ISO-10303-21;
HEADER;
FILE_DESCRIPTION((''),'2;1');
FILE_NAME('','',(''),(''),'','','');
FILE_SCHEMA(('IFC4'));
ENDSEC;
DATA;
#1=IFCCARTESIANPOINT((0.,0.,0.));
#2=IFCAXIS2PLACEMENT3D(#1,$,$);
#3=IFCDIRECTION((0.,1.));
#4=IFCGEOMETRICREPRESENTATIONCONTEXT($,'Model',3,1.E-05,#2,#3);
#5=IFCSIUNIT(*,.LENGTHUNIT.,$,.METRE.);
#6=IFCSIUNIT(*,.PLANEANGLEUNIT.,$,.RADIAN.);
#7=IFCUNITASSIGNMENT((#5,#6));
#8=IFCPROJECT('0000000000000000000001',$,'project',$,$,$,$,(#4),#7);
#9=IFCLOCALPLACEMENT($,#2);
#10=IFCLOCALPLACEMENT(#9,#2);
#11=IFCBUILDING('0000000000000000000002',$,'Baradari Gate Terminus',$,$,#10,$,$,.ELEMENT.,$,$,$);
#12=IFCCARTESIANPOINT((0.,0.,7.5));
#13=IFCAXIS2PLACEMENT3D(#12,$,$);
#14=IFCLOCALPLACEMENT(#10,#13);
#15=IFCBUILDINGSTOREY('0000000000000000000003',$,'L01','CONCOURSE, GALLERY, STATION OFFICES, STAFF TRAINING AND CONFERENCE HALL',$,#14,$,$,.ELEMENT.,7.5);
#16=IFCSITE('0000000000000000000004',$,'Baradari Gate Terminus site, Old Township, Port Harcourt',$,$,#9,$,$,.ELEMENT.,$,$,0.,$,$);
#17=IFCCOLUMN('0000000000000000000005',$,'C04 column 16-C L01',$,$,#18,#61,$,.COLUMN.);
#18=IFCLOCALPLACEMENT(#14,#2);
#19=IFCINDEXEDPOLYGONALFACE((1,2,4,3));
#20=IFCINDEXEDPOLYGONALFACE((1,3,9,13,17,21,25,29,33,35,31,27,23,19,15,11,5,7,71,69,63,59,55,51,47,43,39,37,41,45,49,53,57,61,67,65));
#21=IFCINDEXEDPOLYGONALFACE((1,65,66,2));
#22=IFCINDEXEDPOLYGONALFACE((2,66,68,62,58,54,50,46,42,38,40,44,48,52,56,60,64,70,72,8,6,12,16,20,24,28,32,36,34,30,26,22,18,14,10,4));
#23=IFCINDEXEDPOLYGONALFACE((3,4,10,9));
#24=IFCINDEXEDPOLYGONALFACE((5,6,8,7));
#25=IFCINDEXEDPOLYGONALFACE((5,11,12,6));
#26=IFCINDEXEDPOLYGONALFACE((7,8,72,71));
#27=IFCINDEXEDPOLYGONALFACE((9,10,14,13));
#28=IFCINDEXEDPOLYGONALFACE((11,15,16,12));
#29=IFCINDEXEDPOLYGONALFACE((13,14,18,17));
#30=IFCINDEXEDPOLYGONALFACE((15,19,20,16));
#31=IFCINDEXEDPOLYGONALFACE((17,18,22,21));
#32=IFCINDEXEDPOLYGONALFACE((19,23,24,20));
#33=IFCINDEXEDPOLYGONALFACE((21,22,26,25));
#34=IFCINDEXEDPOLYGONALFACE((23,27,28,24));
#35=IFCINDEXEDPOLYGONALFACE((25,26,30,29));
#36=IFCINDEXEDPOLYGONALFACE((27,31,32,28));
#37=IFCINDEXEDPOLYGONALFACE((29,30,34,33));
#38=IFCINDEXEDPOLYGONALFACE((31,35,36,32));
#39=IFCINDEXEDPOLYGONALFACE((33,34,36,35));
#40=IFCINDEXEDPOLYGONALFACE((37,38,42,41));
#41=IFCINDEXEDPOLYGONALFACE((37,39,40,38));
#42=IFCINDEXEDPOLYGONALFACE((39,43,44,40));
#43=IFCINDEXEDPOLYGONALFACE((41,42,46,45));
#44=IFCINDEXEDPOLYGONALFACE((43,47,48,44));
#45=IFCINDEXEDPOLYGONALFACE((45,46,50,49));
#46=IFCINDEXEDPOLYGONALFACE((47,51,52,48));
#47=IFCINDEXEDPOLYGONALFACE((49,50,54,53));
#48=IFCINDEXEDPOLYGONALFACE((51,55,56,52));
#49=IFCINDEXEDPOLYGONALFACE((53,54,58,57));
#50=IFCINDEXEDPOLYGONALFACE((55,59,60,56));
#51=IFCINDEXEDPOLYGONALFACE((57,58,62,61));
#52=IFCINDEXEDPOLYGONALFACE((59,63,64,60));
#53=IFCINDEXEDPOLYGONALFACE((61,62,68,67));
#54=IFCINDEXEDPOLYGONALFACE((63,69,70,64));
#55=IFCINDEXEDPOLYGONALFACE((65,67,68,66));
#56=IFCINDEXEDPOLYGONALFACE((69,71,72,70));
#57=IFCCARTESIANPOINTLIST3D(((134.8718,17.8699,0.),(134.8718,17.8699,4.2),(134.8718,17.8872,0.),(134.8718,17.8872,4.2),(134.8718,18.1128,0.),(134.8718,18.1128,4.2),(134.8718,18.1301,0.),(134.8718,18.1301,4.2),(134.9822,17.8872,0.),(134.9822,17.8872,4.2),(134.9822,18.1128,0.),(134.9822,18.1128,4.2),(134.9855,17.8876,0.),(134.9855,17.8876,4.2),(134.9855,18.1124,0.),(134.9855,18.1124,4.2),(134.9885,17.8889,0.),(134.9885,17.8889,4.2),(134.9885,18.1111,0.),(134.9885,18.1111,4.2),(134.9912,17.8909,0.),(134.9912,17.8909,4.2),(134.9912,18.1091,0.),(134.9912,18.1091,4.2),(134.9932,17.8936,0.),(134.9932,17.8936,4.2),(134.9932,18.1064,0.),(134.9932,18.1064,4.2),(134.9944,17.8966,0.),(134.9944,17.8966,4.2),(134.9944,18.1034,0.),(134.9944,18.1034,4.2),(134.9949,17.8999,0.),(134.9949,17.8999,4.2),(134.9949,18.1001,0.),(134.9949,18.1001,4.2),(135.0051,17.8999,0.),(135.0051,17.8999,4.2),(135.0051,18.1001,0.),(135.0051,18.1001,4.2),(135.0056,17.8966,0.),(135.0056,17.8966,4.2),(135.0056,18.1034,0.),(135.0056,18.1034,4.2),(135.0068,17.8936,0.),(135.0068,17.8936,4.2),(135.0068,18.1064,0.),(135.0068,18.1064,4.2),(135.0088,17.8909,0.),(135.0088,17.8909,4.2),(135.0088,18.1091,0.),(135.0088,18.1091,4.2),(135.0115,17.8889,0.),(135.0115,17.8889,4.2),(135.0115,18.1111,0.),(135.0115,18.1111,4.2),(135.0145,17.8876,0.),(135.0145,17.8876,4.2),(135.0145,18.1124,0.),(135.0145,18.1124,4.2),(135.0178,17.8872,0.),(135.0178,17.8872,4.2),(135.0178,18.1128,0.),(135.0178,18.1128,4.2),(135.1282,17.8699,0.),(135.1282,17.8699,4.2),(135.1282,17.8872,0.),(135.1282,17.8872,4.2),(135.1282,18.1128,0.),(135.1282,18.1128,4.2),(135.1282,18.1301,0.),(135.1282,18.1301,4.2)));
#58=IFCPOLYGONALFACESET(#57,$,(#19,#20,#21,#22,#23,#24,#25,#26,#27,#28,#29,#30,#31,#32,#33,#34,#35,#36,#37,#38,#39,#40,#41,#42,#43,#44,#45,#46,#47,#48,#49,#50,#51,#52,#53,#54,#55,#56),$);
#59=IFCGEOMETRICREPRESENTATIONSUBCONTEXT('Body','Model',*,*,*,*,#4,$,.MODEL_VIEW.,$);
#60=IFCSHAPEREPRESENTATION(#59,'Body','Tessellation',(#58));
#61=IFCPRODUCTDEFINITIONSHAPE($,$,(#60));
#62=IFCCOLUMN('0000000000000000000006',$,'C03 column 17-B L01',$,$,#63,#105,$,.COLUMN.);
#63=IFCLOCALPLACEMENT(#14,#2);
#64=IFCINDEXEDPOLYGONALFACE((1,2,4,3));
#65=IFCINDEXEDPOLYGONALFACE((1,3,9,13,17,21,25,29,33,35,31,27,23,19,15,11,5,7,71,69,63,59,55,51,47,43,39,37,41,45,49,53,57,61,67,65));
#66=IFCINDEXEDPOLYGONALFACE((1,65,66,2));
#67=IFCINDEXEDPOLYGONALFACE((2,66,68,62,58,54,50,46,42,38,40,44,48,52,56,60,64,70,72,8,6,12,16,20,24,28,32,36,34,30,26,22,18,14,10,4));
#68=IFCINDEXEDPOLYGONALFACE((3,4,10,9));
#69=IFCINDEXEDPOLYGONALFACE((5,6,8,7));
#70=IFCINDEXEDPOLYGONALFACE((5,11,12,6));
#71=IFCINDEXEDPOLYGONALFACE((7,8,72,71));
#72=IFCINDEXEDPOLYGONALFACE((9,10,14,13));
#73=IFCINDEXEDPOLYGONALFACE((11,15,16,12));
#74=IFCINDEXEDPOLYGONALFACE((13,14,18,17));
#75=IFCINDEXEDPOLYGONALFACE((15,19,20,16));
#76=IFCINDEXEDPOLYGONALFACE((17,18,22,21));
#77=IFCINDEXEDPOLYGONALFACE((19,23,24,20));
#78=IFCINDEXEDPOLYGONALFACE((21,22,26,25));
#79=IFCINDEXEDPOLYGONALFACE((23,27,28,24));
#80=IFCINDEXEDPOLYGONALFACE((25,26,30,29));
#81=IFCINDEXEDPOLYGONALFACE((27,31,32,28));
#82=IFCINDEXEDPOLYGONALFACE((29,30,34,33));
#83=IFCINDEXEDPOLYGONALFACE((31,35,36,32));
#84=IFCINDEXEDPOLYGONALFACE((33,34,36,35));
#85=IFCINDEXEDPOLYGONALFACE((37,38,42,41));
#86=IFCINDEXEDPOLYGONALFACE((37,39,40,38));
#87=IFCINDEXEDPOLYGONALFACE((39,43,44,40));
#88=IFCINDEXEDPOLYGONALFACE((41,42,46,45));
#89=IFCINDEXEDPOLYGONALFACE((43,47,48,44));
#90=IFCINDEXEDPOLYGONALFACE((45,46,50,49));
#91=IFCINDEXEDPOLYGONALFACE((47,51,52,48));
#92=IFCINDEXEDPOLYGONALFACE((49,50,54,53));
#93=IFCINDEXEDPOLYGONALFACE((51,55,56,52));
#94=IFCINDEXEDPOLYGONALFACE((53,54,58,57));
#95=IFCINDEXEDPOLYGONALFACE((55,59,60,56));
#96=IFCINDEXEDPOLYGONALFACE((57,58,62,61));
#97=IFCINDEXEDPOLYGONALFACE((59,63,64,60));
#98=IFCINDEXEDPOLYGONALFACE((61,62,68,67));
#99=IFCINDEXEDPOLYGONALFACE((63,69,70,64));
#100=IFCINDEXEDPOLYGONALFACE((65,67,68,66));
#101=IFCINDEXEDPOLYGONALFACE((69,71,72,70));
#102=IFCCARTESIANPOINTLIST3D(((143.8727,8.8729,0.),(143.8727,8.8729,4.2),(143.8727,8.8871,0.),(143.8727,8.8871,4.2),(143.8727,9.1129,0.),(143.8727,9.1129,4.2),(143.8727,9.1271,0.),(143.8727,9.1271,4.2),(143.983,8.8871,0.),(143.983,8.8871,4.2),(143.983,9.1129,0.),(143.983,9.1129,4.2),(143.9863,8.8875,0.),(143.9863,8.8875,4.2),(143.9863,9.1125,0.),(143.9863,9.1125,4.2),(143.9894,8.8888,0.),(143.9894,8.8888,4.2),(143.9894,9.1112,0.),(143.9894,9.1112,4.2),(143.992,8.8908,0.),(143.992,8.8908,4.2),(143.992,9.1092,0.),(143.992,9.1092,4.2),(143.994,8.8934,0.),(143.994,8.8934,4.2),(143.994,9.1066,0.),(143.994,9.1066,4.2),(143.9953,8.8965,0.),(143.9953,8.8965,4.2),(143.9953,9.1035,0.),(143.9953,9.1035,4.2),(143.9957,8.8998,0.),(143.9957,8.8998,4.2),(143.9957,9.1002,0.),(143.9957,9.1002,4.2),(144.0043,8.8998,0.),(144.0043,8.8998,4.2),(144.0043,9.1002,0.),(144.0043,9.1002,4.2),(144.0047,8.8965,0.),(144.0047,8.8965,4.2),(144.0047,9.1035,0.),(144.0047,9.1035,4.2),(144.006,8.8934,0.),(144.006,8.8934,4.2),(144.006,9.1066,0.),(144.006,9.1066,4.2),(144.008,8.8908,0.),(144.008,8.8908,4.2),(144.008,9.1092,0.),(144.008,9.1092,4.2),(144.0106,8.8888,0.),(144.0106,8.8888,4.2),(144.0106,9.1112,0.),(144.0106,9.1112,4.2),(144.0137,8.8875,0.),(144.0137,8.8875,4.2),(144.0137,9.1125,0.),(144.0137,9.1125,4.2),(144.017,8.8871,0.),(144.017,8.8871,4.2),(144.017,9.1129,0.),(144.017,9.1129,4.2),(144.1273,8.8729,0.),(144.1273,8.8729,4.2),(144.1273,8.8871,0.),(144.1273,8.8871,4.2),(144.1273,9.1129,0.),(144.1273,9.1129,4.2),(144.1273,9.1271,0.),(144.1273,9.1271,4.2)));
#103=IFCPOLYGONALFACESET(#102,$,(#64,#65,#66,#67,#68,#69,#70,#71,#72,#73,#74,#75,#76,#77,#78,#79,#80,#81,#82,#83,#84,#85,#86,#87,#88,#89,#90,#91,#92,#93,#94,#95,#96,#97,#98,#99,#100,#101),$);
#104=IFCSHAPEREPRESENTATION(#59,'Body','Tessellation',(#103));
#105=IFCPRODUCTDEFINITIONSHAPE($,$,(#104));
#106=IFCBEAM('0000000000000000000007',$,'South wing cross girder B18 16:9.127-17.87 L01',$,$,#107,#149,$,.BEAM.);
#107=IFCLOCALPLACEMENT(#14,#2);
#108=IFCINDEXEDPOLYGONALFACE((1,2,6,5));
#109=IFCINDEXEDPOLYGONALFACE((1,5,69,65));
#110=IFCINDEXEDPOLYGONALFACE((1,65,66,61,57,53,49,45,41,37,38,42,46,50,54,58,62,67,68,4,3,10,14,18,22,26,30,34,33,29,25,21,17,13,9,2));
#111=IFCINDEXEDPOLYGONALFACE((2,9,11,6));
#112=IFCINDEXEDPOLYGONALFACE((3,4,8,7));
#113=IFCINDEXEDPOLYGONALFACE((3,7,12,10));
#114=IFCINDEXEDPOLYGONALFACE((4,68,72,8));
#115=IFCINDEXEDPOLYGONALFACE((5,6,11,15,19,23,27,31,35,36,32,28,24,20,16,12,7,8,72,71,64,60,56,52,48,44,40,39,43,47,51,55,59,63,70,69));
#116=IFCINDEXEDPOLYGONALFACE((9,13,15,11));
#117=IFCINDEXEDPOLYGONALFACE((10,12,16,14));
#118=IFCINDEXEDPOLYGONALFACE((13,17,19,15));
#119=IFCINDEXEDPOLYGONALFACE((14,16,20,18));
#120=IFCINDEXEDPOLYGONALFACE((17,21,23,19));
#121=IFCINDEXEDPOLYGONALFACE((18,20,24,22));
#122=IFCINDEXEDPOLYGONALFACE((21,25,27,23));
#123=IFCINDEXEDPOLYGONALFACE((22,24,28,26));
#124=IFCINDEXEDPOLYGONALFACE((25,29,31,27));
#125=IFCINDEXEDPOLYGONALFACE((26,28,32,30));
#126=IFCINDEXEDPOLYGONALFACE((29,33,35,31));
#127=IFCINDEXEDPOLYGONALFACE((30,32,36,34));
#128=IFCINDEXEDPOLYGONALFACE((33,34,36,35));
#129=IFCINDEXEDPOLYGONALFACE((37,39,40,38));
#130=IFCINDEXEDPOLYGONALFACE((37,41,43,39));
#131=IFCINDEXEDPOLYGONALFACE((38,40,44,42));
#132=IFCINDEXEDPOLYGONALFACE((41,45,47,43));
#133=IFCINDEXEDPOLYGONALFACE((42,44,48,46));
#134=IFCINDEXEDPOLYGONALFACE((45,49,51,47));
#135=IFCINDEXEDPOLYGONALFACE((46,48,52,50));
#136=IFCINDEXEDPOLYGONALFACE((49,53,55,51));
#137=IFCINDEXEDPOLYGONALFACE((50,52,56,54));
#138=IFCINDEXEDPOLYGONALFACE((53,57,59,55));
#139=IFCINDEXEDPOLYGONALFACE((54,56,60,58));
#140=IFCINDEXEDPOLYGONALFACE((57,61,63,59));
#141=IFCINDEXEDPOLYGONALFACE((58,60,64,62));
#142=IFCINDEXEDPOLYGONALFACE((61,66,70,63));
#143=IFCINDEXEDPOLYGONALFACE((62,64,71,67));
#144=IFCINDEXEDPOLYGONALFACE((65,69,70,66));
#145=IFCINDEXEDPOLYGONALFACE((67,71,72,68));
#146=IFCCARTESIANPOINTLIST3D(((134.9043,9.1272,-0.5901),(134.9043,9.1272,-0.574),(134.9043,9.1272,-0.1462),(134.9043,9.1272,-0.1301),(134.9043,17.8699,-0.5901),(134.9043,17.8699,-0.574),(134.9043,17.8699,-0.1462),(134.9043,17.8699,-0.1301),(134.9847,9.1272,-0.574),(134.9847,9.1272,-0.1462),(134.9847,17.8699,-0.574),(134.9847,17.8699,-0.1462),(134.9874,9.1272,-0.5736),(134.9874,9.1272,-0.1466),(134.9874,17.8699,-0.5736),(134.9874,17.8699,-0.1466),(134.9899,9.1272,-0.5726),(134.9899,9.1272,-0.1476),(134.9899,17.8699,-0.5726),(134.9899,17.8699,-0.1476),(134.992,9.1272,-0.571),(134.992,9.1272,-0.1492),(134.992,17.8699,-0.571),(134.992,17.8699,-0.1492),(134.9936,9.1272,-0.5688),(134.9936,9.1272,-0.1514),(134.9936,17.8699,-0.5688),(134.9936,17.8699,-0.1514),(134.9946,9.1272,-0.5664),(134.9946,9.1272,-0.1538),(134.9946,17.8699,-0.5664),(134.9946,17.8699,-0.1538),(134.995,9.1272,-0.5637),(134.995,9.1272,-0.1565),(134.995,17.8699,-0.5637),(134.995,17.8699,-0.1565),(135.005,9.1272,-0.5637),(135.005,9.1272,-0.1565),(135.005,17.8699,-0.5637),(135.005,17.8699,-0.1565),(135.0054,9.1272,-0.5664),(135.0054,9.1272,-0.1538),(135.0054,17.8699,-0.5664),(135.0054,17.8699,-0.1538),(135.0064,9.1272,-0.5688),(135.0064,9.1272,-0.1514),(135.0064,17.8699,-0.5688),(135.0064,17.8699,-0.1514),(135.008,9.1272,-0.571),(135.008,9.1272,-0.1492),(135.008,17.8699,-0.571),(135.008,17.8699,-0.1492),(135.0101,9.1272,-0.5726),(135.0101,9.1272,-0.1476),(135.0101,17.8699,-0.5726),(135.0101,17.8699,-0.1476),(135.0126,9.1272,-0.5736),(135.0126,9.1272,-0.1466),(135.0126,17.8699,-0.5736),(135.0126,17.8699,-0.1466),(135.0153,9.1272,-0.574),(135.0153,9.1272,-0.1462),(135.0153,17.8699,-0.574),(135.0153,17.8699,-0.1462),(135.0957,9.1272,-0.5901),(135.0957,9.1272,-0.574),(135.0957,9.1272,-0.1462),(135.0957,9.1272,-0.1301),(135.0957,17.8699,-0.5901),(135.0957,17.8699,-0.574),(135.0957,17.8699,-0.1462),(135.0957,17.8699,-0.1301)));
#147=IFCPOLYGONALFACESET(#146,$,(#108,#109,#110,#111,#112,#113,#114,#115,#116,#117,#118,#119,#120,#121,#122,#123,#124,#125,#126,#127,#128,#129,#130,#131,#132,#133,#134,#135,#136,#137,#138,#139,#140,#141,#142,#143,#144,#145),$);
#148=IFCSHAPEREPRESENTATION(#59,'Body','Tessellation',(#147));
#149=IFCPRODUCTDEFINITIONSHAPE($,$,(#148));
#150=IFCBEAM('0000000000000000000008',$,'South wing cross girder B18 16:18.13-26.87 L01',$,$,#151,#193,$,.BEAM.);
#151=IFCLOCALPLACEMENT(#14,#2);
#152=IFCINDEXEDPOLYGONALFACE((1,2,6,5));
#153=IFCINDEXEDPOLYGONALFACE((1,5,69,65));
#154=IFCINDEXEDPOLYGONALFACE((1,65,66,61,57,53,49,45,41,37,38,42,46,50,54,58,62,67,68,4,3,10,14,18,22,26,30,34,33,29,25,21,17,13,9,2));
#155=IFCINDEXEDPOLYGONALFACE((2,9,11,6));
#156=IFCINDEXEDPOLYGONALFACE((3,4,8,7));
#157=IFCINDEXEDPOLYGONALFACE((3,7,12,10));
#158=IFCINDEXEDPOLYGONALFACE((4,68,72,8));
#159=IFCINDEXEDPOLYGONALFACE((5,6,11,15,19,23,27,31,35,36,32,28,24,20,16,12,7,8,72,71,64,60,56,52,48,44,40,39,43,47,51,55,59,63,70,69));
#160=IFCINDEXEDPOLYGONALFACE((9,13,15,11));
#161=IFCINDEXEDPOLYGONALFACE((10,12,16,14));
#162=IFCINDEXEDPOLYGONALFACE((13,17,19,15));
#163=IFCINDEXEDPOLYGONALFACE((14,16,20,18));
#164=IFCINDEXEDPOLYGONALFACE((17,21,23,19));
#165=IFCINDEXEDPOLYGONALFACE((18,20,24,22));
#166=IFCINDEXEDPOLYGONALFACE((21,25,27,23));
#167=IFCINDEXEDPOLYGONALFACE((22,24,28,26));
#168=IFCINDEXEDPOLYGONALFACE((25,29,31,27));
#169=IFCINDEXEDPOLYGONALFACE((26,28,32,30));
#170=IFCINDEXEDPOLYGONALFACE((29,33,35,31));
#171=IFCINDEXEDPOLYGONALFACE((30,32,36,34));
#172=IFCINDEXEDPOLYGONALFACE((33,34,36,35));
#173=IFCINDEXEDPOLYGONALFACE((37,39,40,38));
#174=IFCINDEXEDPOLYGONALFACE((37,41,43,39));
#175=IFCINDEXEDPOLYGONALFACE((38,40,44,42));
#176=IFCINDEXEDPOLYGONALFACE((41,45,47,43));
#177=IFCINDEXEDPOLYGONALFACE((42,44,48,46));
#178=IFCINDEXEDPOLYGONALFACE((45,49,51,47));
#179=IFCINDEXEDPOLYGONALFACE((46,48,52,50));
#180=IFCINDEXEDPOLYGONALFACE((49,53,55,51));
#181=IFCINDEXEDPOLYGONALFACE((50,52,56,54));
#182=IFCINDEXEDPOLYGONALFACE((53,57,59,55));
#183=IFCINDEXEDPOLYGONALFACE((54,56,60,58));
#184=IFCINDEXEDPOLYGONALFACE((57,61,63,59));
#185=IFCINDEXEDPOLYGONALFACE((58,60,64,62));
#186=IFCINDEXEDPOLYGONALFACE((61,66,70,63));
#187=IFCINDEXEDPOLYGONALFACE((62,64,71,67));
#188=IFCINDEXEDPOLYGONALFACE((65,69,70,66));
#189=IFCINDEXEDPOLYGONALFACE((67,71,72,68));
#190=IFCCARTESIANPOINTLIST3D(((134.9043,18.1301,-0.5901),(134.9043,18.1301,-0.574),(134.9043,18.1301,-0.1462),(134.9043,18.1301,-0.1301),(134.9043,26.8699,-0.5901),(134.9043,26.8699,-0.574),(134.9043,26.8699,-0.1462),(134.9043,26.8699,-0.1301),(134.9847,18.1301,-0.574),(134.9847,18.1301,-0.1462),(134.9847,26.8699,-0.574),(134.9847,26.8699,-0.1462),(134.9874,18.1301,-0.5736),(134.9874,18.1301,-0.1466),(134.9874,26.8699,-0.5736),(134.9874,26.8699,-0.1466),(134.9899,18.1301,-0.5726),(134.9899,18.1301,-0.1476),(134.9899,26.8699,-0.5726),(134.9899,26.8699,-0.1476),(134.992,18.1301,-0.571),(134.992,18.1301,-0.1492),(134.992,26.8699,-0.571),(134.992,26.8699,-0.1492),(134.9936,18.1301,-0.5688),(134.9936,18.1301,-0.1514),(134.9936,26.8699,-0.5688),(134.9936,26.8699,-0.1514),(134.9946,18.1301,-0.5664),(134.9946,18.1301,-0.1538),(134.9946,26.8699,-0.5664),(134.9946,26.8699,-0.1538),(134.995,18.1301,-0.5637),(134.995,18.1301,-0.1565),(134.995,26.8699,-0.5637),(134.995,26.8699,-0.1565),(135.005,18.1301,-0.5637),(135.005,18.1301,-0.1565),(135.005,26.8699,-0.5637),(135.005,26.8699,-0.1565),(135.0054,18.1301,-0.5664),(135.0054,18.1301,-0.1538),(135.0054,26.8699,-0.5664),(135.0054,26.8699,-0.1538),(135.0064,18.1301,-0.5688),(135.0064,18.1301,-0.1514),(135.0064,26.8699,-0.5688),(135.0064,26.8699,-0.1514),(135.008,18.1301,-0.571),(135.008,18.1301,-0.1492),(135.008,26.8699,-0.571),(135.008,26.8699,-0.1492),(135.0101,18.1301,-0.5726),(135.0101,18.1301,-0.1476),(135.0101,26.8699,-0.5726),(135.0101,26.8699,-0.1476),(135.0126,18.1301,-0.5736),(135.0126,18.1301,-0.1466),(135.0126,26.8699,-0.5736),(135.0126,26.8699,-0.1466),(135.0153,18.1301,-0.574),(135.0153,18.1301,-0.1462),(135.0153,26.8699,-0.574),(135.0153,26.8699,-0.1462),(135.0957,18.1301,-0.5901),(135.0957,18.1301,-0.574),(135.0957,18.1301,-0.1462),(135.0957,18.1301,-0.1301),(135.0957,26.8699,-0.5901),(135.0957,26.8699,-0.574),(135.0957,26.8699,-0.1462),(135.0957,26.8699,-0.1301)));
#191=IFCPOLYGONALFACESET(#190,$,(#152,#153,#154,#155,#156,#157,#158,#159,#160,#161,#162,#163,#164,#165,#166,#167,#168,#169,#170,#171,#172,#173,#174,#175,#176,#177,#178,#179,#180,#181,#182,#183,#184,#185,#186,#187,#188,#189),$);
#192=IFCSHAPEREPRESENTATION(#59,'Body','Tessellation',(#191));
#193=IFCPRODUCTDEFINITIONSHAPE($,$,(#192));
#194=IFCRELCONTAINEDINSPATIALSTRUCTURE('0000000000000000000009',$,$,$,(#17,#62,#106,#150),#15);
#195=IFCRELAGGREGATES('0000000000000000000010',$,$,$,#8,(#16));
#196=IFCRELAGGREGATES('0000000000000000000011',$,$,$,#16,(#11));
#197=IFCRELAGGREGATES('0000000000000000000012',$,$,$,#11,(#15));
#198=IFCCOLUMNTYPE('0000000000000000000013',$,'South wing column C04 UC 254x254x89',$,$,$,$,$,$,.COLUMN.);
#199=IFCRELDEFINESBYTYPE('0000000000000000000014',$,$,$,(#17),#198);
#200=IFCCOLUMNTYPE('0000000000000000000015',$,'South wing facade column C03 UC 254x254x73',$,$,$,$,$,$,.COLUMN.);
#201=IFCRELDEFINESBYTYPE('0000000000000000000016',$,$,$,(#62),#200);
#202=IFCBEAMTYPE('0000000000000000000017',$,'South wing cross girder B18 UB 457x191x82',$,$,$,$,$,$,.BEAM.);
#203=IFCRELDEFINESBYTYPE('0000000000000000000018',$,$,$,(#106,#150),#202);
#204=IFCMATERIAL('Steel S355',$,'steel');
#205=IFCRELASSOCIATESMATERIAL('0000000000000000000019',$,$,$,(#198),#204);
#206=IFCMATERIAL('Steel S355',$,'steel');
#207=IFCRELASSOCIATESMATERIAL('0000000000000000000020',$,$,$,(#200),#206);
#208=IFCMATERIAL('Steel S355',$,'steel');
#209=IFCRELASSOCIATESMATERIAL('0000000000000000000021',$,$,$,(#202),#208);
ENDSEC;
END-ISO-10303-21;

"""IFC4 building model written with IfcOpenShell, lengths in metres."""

from ifc_helpers import new_model, si_unit, direction, frame, origin, origin_2d, place, context, subcontext, project, spatial, i_section, extrude, material, material_profile, profile_set, type_object, element, save


model = new_model("IFC4")

# Units and contexts
model_context = context("Model", 3, precision=1e-05, world=origin(), true_north=direction((0.0, 1.0)))
body_context = subcontext(model_context, "Body", "Model", "MODEL_VIEW")
ifc_project = project(units=[si_unit("LENGTHUNIT", "METRE"), si_unit("PLANEANGLEUNIT", "RADIAN")], contexts=[model_context])

# Site, building, storey
site_placement = place(None, origin())
site = spatial("IfcSite", under=ifc_project, at=site_placement, Name="Baradari Gate Terminus site, Old Township, Port Harcourt", CompositionType="ELEMENT", RefElevation=0.0)
building_placement = place(site_placement, origin())
building = spatial("IfcBuilding", under=site, at=building_placement, Name="Baradari Gate Terminus", CompositionType="ELEMENT")
storey_placement = place(building_placement, frame((0.0, 0.0, 7.5)))
storey = spatial("IfcBuildingStorey", under=building, at=storey_placement, Name="L01", Description="CONCOURSE, GALLERY, STATION OFFICES, STAFF TRAINING AND CONFERENCE HALL", CompositionType="ELEMENT", Elevation=7.5)

# Columns
ifc_material_1 = material(Name="Steel S355", Category="steel")
ifc_material_profile_1 = material_profile(ifc_material_1, i_section(OverallWidth=0.2563, OverallDepth=0.2603, WebThickness=0.0103, FlangeThickness=0.0173, FilletRadius=0.0127, at=origin_2d()), Name="UC 254x254x89")
ifc_profile_set_1 = profile_set([ifc_material_profile_1], Name="Steel S355")
column_type_1 = type_object("IfcColumnType", Name="South wing column C04 UC 254x254x89", PredefinedType="COLUMN", material=ifc_profile_set_1)
column_1_placement = place(storey_placement, frame((135.0, 18.0, 0.0), z_axis=(0.0, 0.0, 1.0), x_axis=(1.0, 0.0, 0.0)))
element("IfcColumn", 1, at=column_1_placement, inside=storey, type_object=column_type_1, Name="C04 column 16-C L01", PredefinedType="COLUMN", context=body_context, shape_type="SweptSolid", body=[
    extrude(i_section(OverallWidth=0.2563, OverallDepth=0.2603, WebThickness=0.0103, FlangeThickness=0.0173, FilletRadius=0.0127, at=origin_2d()), origin(), (0.0, 0.0, 1.0), 4.2),
])
ifc_material_2 = material(Name="Steel S355", Category="steel")
ifc_material_profile_2 = material_profile(ifc_material_2, i_section(OverallWidth=0.2546, OverallDepth=0.2542, WebThickness=0.0085, FlangeThickness=0.0142, FilletRadius=0.0127, at=origin_2d()), Name="UC 254x254x73")
ifc_profile_set_2 = profile_set([ifc_material_profile_2], Name="Steel S355")
column_type_2 = type_object("IfcColumnType", Name="South wing facade column C03 UC 254x254x73", PredefinedType="COLUMN", material=ifc_profile_set_2)
column_2_placement = place(storey_placement, frame((144.0, 9.0, 0.0), z_axis=(0.0, 0.0, 1.0), x_axis=(1.0, 0.0, 0.0)))
element("IfcColumn", 2, at=column_2_placement, inside=storey, type_object=column_type_2, Name="C03 column 17-B L01", PredefinedType="COLUMN", context=body_context, shape_type="SweptSolid", body=[
    extrude(i_section(OverallWidth=0.2546, OverallDepth=0.2542, WebThickness=0.0085, FlangeThickness=0.0142, FilletRadius=0.0127, at=origin_2d()), origin(), (0.0, 0.0, 1.0), 4.2),
])

# Beams
ifc_material_3 = material(Name="Steel S355", Category="steel")
ifc_material_profile_3 = material_profile(ifc_material_3, i_section(OverallWidth=0.1914, OverallDepth=0.46, WebThickness=0.01, FlangeThickness=0.0161, FilletRadius=0.0103, at=origin_2d()), Name="UB 457x191x82")
ifc_profile_set_3 = profile_set([ifc_material_profile_3], Name="Steel S355")
beam_type_1 = type_object("IfcBeamType", Name="South wing cross girder B18 UB 457x191x82", PredefinedType="BEAM", material=ifc_profile_set_3)
beam_1_placement = place(storey_placement, frame((135.0, 9.1272, -0.3601), z_axis=(0.0, 1.0, 0.0), x_axis=(-1.0, 0.0, 0.0)))
element("IfcBeam", 3, at=beam_1_placement, inside=storey, type_object=beam_type_1, Name="South wing cross girder B18 16:9.127-17.87 L01", PredefinedType="BEAM", context=body_context, shape_type="SweptSolid", body=[
    extrude(i_section(OverallWidth=0.1914, OverallDepth=0.46, WebThickness=0.01, FlangeThickness=0.0161, FilletRadius=0.0103, at=origin_2d()), origin(), (0.0, 0.0, 1.0), 8.7427),
])
beam_2_placement = place(storey_placement, frame((135.0, 18.1301, -0.3601), z_axis=(0.0, 1.0, 0.0), x_axis=(-1.0, 0.0, 0.0)))
element("IfcBeam", 4, at=beam_2_placement, inside=storey, type_object=beam_type_1, Name="South wing cross girder B18 16:18.13-26.87 L01", PredefinedType="BEAM", context=body_context, shape_type="SweptSolid", body=[
    extrude(i_section(OverallWidth=0.1914, OverallDepth=0.46, WebThickness=0.01, FlangeThickness=0.0161, FilletRadius=0.0103, at=origin_2d()), origin(), (0.0, 0.0, 1.0), 8.7397),
])

save(model, "model.ifc")
